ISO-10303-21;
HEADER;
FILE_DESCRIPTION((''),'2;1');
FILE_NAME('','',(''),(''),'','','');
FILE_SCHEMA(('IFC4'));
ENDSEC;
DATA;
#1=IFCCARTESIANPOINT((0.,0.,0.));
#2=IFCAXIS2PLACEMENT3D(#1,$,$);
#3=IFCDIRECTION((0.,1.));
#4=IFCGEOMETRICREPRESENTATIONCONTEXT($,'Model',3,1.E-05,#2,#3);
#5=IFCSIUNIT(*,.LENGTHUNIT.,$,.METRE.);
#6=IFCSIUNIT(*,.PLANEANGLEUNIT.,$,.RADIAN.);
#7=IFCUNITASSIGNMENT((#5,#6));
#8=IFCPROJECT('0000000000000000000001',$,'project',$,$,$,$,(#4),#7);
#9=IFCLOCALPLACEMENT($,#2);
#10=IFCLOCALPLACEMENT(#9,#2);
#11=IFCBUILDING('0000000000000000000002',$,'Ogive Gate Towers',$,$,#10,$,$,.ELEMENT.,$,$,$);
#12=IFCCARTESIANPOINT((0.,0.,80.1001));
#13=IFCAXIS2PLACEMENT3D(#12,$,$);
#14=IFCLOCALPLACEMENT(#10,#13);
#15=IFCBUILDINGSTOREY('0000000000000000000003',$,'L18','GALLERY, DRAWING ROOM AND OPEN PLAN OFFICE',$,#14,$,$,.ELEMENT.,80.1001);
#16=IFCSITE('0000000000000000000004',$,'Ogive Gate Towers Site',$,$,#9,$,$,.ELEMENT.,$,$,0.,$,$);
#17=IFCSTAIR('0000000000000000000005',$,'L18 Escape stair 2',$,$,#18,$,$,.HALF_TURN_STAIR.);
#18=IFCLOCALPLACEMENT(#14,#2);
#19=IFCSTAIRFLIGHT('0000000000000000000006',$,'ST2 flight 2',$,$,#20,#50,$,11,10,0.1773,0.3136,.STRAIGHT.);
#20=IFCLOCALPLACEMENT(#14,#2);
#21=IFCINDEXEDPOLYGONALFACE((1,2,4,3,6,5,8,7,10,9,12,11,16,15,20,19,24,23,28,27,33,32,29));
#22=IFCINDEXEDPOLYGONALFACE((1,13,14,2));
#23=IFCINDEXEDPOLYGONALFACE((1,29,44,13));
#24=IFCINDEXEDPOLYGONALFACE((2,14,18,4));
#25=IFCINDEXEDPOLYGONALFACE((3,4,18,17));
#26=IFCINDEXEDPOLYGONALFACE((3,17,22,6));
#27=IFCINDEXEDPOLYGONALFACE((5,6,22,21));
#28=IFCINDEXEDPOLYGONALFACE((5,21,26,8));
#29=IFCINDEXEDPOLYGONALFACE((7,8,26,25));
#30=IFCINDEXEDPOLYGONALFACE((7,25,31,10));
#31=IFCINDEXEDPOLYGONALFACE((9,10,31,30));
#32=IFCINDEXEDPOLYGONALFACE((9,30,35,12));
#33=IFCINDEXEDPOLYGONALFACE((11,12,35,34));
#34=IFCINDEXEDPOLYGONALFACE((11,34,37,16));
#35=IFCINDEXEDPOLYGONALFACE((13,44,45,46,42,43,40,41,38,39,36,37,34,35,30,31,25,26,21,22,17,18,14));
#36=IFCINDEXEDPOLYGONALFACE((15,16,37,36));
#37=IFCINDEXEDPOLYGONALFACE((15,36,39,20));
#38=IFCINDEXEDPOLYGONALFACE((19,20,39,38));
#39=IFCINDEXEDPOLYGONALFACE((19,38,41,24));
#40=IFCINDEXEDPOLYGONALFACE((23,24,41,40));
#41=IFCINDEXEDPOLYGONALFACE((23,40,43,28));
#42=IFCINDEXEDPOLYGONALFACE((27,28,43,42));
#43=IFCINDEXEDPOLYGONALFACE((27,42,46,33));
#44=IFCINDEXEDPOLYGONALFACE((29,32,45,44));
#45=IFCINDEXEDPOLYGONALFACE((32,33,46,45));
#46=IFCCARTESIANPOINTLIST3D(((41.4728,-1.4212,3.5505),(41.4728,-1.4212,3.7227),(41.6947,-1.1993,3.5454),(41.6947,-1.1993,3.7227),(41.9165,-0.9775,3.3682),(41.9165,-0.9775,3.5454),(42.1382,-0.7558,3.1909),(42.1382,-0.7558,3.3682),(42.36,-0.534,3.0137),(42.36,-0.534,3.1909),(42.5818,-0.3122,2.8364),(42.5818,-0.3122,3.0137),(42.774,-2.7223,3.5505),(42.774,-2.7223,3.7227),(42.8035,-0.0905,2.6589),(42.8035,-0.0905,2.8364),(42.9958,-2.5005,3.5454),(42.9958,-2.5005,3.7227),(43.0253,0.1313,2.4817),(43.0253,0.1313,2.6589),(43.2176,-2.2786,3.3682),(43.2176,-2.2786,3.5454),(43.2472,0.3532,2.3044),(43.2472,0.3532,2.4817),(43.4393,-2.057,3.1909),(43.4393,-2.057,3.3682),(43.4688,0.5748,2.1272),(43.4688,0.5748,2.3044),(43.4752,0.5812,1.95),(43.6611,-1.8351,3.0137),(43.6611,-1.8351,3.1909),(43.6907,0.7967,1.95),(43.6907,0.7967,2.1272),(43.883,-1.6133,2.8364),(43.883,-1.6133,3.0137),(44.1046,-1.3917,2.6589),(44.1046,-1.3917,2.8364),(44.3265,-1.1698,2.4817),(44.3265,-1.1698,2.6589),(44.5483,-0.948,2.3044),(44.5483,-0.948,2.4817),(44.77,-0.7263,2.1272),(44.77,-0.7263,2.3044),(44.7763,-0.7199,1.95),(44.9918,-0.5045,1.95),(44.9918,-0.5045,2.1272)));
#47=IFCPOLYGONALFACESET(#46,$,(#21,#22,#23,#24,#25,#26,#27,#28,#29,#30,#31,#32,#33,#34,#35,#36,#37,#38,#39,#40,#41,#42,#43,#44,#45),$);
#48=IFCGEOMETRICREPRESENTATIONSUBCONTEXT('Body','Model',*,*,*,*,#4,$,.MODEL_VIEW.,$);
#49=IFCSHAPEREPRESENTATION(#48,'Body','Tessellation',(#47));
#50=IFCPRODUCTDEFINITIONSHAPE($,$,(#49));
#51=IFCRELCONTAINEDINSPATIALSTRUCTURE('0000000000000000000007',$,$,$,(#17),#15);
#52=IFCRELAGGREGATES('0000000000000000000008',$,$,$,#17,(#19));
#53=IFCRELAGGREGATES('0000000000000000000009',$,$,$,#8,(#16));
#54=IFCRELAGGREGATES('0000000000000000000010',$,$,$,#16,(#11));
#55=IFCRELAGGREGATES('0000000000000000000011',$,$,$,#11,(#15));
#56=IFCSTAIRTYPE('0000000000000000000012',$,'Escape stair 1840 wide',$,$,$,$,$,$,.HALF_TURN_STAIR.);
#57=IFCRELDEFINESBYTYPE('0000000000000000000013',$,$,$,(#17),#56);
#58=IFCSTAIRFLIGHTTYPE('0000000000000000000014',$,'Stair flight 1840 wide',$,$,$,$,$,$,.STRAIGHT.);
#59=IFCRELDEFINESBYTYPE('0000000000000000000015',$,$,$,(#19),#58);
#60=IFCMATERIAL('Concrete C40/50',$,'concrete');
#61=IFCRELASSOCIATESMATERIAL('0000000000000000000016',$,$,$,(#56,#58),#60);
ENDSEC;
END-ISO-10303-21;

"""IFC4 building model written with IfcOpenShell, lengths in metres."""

from ifc_helpers import new_model, si_unit, direction, frame, origin, place, context, subcontext, project, spatial, polyline, outline, extrude, material, type_object, element, aggregate, save


model = new_model("IFC4")

# Units and contexts
model_context = context("Model", 3, precision=1e-05, world=origin(), true_north=direction((0.0, 1.0)))
body_context = subcontext(model_context, "Body", "Model", "MODEL_VIEW")
ifc_project = project(units=[si_unit("LENGTHUNIT", "METRE"), si_unit("PLANEANGLEUNIT", "RADIAN")], contexts=[model_context])

# Site, building, storey
site_placement = place(None, origin())
site = spatial("IfcSite", under=ifc_project, at=site_placement, Name="Ogive Gate Towers Site", CompositionType="ELEMENT", RefElevation=0.0)
building_placement = place(site_placement, origin())
building = spatial("IfcBuilding", under=site, at=building_placement, Name="Ogive Gate Towers", CompositionType="ELEMENT")
storey_placement = place(building_placement, frame((0.0, 0.0, 80.1001)))
storey = spatial("IfcBuildingStorey", under=building, at=storey_placement, Name="L18", Description="GALLERY, DRAWING ROOM AND OPEN PLAN OFFICE", CompositionType="ELEMENT", Elevation=80.1001)

# Stair, stair flight
ifc_material_1 = material(Name="Concrete C40/50", Category="concrete")
stair_type = type_object("IfcStairType", Name="Escape stair 1840 wide", PredefinedType="HALF_TURN_STAIR", material=ifc_material_1)
stair_placement = place(storey_placement, origin())
stair = element("IfcStair", 1, at=stair_placement, inside=storey, type_object=stair_type, Name="L18 Escape stair 2", PredefinedType="HALF_TURN_STAIR")
stair_flight_type = type_object("IfcStairFlightType", Name="Stair flight 1840 wide", PredefinedType="STRAIGHT", material=ifc_material_1)
stair_flight_placement = place(storey_placement, frame((44.3413, 0.146, 1.95), z_axis=(0.0, 0.0, 1.0), x_axis=(-0.707107, -0.707107, 0.0)))
stair_flight = element("IfcStairFlight", 2, at=stair_flight_placement, type_object=stair_flight_type, Name="ST2 flight 2", NumberOfRisers=11, NumberOfTreads=10, PredefinedType="STRAIGHT", RiserHeight=0.1773, TreadLength=0.3136, context=body_context, shape_type="SweptSolid", body=[
    extrude(outline(polyline([(0.0, 0.0), (0.0, 0.1772), (0.3137, 0.1772), (0.3137, 0.3545), (0.6272, 0.3545), (0.6272, 0.5317), (0.9409, 0.5317), (0.9409, 0.709), (1.2546, 0.709), (1.2546, 0.8865), (1.5681, 0.8865), (1.5681, 1.0637), (1.8818, 1.0637), (1.8818, 1.241), (2.1956, 1.241), (2.1956, 1.4182), (2.509, 1.4182), (2.509, 1.5955), (2.8228, 1.5955), (2.8228, 1.7727), (3.1365, 1.7727), (3.1365, 1.95), (3.1365, 1.6006), (0.3047, 0.0), (0.0, 0.0)])), frame((0.0, 0.9199, 0.0), z_axis=(0.0, -1.0, 0.0), x_axis=(1.0, 0.0, 0.0)), (0.0, 0.0, 1.0), 1.8401),
])
aggregate(stair, [stair_flight])

save(model, "model.ifc")
